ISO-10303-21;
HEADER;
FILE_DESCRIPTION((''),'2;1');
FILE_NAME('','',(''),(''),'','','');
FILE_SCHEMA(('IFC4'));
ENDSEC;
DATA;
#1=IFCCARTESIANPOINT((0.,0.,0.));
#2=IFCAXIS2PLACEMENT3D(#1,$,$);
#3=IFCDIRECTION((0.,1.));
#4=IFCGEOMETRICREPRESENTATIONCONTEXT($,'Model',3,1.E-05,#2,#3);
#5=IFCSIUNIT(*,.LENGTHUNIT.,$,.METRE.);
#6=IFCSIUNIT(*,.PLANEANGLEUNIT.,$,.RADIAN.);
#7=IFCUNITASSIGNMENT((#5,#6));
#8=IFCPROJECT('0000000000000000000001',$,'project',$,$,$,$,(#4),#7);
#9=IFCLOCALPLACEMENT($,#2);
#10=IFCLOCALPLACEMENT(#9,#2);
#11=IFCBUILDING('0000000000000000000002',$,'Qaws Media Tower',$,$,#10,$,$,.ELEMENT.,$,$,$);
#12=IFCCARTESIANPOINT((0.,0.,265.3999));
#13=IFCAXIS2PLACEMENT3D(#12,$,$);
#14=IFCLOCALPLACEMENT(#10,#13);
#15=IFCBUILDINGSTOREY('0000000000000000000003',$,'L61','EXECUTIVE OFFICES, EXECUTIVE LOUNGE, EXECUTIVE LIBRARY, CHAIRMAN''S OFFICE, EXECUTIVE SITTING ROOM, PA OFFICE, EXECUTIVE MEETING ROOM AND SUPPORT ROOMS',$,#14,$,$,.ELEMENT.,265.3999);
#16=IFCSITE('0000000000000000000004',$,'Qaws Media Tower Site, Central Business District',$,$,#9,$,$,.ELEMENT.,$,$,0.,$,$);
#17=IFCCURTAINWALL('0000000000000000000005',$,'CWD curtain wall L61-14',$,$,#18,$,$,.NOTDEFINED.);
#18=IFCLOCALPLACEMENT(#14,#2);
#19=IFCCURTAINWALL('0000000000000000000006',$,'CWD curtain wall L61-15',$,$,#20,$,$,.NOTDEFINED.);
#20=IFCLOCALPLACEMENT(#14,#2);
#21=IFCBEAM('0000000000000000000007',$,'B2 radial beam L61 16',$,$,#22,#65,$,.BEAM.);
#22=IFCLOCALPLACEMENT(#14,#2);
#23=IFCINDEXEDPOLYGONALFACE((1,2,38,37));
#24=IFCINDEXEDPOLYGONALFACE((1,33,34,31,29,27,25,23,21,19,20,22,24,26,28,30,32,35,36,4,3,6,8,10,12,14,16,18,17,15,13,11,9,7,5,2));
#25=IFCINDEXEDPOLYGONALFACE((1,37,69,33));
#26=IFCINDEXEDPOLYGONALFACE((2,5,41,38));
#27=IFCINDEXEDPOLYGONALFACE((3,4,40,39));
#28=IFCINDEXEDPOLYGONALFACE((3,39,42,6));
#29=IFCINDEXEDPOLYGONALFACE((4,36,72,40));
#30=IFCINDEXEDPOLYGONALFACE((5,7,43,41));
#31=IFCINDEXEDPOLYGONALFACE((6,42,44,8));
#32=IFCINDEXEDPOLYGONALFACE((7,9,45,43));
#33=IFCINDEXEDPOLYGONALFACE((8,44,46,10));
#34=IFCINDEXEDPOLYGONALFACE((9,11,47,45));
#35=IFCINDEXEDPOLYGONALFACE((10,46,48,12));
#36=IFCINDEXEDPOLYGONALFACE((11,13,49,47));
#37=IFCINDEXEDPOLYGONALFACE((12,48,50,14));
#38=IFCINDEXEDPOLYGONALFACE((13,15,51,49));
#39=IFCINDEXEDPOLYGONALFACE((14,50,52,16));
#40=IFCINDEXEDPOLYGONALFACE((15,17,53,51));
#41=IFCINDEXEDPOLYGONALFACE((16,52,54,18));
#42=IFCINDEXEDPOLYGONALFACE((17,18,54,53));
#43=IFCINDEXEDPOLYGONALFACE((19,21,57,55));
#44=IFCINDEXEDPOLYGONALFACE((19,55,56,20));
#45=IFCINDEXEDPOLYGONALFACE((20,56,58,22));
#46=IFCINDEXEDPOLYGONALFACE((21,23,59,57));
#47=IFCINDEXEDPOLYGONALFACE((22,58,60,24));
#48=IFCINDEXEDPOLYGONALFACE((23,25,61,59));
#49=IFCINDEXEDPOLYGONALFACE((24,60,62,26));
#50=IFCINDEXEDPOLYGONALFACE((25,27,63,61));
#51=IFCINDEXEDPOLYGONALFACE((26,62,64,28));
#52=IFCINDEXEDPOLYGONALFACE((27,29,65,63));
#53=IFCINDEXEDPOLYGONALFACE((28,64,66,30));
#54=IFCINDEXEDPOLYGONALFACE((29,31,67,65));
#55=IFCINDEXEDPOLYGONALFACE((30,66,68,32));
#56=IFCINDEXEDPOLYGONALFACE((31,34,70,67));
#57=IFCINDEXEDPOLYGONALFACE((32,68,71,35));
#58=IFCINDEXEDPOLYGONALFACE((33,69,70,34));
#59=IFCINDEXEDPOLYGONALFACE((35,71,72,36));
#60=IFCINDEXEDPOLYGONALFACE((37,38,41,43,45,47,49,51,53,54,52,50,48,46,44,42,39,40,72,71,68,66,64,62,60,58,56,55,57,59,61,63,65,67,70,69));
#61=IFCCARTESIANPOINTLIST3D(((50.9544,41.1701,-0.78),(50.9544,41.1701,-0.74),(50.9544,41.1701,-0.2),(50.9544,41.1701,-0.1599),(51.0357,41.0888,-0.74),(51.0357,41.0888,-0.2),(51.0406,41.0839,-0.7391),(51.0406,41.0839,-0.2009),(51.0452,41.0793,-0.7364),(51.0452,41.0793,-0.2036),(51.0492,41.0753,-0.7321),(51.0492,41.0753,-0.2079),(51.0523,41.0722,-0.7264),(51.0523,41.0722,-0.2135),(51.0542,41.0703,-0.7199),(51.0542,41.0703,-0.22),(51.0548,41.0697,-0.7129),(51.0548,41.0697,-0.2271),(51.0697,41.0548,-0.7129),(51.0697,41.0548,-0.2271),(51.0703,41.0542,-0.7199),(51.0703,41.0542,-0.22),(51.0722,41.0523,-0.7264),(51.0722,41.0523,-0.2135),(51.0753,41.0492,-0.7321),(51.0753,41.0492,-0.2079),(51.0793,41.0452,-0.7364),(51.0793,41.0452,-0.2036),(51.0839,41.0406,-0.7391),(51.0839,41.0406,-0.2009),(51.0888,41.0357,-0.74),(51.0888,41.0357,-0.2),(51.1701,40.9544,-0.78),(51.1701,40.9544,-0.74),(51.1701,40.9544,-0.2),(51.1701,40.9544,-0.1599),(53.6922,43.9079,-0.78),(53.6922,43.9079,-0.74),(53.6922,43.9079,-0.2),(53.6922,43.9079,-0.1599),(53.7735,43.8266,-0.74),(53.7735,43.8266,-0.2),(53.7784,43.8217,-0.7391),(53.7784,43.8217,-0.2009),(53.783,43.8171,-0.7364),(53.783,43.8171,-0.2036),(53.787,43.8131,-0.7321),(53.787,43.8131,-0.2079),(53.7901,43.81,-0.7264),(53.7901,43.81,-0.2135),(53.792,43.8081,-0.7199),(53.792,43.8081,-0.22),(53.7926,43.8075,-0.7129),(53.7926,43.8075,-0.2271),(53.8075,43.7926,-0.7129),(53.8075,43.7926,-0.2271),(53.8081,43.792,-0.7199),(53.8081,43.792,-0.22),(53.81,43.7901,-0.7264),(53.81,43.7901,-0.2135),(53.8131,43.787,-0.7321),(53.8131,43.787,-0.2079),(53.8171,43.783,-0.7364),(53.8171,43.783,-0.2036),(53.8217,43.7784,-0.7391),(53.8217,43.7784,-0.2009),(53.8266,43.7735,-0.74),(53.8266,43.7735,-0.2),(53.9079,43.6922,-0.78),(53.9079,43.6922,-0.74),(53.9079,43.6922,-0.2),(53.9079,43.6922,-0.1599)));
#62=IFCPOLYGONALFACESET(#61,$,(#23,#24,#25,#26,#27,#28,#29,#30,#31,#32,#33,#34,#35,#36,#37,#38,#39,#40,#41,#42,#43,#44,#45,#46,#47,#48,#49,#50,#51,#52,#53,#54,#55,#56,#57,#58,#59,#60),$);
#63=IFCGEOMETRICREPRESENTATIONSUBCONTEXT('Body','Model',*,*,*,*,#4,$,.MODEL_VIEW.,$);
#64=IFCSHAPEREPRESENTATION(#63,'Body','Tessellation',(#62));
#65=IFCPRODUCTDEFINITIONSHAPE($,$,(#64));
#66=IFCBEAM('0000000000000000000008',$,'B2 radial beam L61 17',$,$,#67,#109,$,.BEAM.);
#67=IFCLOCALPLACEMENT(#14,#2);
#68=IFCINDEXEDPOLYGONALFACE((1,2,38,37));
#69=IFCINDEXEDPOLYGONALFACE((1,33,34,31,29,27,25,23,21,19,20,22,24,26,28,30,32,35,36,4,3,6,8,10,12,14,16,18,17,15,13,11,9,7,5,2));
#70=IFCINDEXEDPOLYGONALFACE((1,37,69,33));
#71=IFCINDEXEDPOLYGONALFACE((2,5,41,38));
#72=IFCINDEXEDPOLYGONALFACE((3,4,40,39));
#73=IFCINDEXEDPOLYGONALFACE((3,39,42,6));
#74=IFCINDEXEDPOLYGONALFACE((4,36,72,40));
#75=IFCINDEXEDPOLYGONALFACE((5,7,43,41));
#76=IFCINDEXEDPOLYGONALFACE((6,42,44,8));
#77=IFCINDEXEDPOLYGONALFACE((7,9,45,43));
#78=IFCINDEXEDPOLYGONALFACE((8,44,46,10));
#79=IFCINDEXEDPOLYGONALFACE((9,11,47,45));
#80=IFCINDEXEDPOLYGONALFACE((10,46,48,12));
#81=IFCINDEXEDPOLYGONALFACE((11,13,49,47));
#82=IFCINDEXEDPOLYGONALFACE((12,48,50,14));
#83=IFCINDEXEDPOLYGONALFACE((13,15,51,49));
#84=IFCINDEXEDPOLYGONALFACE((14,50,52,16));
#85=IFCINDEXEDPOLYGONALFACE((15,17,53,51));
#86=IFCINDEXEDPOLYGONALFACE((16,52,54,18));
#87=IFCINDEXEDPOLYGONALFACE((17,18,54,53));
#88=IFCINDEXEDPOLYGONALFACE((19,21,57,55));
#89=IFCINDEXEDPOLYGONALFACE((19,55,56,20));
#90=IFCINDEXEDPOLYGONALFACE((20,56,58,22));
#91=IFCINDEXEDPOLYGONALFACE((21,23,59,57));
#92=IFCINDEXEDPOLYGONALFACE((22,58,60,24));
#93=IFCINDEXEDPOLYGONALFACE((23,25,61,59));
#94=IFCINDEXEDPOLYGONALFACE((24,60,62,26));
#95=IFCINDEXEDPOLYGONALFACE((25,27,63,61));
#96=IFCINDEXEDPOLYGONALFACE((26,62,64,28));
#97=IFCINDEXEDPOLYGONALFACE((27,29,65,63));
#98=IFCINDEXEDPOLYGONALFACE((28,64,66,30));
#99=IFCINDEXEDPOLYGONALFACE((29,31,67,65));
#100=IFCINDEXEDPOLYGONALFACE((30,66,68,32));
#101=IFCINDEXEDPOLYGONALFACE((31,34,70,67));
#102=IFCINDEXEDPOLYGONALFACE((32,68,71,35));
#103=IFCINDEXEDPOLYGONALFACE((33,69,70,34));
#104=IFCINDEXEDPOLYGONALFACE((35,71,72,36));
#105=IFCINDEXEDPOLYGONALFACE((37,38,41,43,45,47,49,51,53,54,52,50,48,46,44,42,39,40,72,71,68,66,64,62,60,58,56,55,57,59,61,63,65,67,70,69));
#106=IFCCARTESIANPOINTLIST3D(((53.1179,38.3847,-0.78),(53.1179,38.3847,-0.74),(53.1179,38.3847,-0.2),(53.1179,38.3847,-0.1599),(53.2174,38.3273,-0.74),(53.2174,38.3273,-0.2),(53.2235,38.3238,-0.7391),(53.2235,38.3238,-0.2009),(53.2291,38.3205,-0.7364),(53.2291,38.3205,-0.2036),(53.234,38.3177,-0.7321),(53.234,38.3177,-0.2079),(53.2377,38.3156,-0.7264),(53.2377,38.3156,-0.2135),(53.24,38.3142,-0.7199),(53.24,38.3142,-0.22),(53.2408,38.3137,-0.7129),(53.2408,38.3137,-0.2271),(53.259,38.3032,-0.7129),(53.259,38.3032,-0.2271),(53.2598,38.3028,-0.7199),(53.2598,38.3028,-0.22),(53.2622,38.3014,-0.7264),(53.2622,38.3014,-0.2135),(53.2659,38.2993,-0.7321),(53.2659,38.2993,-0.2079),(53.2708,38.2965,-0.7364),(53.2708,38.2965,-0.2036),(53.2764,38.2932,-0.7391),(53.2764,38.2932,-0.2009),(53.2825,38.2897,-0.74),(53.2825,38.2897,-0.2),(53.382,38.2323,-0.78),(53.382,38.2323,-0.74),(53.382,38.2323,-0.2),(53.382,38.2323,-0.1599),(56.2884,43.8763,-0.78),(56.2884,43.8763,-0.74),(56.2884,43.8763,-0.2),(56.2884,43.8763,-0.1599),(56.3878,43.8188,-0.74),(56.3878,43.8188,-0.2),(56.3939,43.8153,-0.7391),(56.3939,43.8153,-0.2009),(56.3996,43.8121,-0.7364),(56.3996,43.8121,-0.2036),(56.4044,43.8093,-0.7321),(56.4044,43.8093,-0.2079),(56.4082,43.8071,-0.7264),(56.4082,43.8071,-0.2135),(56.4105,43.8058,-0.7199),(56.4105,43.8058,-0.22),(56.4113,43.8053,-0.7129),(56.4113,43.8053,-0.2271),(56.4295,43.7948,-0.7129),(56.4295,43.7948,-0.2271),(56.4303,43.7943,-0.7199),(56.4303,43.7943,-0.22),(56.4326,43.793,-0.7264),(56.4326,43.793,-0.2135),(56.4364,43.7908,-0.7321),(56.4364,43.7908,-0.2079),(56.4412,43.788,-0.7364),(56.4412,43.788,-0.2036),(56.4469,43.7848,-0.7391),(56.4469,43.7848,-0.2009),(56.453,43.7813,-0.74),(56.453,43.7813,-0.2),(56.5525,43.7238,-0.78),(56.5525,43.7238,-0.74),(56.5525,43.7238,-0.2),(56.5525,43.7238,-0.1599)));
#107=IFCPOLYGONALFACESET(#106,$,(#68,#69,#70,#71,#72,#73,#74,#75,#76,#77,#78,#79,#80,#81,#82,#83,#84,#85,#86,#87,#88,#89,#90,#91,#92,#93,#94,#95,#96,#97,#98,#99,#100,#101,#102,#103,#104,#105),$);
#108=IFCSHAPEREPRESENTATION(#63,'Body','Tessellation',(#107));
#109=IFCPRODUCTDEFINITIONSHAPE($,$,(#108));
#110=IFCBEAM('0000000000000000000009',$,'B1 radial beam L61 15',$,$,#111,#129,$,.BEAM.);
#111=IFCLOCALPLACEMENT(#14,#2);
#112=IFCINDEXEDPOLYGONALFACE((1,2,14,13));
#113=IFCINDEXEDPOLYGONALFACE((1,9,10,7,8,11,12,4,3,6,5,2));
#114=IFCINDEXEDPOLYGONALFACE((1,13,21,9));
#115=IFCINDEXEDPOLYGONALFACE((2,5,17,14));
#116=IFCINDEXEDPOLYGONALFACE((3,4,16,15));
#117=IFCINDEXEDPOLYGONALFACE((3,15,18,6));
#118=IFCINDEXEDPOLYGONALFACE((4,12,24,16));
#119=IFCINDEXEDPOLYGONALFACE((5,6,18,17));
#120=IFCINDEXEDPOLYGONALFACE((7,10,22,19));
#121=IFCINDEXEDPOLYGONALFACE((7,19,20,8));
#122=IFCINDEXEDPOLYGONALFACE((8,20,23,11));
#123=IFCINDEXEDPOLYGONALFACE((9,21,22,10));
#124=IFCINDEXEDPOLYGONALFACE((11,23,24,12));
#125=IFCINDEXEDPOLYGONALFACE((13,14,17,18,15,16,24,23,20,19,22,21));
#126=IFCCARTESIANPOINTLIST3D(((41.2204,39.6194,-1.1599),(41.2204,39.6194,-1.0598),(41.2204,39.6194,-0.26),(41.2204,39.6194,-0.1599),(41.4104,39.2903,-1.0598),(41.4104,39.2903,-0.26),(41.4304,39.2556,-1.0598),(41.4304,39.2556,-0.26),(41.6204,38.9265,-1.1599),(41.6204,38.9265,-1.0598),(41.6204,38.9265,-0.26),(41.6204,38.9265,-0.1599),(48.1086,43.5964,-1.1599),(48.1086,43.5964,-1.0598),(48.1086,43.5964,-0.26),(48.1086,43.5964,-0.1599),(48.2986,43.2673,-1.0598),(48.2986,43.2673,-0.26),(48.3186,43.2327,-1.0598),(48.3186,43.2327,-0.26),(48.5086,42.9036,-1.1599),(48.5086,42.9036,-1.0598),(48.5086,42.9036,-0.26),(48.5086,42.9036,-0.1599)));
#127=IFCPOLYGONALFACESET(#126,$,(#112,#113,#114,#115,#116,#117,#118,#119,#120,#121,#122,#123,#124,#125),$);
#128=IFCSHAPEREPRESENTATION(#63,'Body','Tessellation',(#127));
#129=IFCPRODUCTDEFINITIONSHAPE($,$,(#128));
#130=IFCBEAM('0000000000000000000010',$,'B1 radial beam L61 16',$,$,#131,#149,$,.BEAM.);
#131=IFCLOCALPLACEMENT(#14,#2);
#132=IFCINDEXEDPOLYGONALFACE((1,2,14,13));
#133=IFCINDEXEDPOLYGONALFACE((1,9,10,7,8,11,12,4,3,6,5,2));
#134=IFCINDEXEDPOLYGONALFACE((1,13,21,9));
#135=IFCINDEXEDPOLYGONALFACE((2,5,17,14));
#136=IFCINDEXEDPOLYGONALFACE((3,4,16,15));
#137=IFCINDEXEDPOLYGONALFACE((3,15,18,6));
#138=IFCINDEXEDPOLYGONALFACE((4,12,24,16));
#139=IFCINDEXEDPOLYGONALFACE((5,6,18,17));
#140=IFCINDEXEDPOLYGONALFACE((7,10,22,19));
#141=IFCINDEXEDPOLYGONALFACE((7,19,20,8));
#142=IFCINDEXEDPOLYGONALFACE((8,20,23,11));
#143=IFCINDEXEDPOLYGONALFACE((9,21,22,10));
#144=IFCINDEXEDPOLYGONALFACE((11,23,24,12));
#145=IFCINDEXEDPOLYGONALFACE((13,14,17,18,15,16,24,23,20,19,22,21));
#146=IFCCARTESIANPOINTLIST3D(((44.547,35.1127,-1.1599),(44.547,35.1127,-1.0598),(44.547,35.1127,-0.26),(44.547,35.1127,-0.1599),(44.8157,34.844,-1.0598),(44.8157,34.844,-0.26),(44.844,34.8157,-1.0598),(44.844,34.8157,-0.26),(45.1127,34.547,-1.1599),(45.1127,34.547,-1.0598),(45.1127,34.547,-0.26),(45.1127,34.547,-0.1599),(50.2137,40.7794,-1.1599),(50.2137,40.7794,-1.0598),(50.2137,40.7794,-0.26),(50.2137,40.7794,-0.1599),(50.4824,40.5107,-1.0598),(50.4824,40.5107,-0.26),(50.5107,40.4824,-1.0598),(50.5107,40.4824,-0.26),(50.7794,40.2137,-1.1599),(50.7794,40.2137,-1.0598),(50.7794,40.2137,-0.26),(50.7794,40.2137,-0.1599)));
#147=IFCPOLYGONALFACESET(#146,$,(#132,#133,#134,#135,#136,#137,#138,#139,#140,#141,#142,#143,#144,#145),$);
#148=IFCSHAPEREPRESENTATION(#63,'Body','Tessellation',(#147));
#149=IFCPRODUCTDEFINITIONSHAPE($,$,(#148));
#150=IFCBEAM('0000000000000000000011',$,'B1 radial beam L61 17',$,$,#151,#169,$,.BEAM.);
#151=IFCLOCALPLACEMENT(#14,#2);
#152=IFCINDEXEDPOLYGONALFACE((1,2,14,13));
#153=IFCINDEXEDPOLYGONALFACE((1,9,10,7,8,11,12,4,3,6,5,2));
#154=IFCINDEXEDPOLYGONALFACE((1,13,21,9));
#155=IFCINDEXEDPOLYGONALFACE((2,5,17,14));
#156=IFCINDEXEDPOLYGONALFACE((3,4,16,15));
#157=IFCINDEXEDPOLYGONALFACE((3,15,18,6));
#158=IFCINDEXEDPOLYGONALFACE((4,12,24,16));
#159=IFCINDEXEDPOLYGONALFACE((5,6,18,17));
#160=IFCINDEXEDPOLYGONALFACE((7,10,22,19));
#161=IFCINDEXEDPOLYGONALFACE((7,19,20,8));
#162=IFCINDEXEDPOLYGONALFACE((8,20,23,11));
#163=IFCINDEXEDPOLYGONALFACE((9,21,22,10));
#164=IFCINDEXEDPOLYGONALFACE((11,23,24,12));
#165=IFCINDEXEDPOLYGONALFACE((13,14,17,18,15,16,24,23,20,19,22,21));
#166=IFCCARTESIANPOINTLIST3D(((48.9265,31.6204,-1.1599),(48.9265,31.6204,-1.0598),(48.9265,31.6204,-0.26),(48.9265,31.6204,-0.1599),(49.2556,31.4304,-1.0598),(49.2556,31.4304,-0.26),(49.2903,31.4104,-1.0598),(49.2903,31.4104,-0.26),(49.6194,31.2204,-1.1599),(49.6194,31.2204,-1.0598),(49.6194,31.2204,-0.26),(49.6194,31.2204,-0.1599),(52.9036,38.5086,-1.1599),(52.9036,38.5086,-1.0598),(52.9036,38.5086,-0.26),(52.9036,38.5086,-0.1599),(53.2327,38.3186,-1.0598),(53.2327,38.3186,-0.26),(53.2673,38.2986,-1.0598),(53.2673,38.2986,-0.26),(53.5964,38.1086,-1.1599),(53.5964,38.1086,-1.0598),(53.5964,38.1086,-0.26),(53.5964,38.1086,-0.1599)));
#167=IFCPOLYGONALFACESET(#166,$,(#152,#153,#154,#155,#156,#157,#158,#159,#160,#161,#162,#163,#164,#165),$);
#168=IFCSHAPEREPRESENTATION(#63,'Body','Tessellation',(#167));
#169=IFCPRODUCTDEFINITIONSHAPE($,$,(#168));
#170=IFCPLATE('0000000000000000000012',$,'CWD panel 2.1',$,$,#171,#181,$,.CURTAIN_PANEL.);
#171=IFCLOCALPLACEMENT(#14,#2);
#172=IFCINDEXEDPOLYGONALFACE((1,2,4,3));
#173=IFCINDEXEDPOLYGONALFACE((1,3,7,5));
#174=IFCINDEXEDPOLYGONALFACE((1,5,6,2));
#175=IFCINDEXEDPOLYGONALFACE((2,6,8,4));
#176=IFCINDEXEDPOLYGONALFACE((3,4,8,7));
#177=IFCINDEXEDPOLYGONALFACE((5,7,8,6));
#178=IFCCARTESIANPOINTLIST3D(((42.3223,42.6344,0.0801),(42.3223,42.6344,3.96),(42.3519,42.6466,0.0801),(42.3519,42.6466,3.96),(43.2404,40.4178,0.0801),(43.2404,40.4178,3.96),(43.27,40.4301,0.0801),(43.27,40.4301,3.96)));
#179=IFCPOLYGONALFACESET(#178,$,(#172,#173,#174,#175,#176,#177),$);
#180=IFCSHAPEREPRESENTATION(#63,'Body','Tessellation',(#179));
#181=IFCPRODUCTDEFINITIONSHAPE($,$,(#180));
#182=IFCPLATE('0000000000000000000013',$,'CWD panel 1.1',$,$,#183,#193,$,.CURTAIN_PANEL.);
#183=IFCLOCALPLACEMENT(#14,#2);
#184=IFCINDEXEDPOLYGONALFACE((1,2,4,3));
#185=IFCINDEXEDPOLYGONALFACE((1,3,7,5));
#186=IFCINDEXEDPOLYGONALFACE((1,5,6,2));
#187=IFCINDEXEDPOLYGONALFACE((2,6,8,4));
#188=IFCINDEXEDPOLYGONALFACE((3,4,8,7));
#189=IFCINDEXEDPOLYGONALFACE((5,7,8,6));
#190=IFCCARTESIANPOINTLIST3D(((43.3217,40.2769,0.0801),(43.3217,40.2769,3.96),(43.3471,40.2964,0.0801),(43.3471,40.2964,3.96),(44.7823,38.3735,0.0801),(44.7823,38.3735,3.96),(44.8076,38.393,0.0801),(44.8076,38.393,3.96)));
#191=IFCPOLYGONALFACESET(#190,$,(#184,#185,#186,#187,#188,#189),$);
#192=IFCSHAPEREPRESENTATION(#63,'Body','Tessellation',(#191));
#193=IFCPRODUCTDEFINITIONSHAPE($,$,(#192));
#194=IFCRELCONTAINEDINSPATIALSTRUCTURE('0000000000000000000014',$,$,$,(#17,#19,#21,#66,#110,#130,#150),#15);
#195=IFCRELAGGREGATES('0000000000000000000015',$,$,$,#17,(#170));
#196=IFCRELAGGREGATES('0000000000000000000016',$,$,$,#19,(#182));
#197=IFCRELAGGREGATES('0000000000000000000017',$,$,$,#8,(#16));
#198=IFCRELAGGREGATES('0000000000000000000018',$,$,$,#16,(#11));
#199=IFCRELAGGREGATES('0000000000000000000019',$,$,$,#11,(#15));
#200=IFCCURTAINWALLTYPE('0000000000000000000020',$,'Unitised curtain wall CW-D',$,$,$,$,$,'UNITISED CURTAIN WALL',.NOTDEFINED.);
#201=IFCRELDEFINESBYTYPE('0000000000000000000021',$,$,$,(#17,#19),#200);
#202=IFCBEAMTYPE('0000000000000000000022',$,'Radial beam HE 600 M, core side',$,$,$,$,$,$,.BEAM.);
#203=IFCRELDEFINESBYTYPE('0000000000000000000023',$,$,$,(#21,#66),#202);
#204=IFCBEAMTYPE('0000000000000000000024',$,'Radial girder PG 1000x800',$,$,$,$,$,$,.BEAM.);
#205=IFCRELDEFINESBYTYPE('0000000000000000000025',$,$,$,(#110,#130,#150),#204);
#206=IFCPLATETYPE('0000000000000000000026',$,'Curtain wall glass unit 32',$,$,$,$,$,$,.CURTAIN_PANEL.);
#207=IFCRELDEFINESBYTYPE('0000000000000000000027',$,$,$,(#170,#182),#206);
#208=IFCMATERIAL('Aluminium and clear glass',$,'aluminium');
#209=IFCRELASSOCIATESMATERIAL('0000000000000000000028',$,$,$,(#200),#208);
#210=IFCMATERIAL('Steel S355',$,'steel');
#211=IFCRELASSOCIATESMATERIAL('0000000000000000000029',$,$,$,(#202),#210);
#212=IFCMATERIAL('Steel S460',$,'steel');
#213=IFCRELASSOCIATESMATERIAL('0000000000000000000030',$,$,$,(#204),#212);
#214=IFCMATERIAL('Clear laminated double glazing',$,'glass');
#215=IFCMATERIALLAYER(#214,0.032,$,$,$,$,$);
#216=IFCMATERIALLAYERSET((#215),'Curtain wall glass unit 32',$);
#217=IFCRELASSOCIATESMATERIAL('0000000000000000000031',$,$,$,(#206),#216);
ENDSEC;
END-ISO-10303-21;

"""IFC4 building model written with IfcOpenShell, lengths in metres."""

from ifc_helpers import new_model, si_unit, direction, frame, origin, origin_2d, place, context, subcontext, project, spatial, rectangle, i_section, extrude, material, layer, layer_set, material_profile, profile_set, type_object, element, aggregate, save


model = new_model("IFC4")

# Units and contexts
model_context = context("Model", 3, precision=1e-05, world=origin(), true_north=direction((0.0, 1.0)))
body_context = subcontext(model_context, "Body", "Model", "MODEL_VIEW")
ifc_project = project(units=[si_unit("LENGTHUNIT", "METRE"), si_unit("PLANEANGLEUNIT", "RADIAN")], contexts=[model_context])

# Site, building, storey
site_placement = place(None, origin())
site = spatial("IfcSite", under=ifc_project, at=site_placement, Name="Qaws Media Tower Site, Central Business District", CompositionType="ELEMENT", RefElevation=0.0)
building_placement = place(site_placement, origin())
building = spatial("IfcBuilding", under=site, at=building_placement, Name="Qaws Media Tower", CompositionType="ELEMENT")
storey_placement = place(building_placement, frame((0.0, 0.0, 265.3999)))
storey = spatial("IfcBuildingStorey", under=building, at=storey_placement, Name="L61", Description="EXECUTIVE OFFICES, EXECUTIVE LOUNGE, EXECUTIVE LIBRARY, CHAIRMAN'S OFFICE, EXECUTIVE SITTING ROOM, PA OFFICE, EXECUTIVE MEETING ROOM AND SUPPORT ROOMS", CompositionType="ELEMENT", Elevation=265.3999)

# Curtain wall
ifc_material_1 = material(Name="Aluminium and clear glass", Category="aluminium")
curtain_wall_type = type_object("IfcCurtainWallType", Name="Unitised curtain wall CW-D", ElementType="UNITISED CURTAIN WALL", PredefinedType="NOTDEFINED", material=ifc_material_1)
curtain_wall_1_placement = place(storey_placement, origin())
curtain_wall_1 = element("IfcCurtainWall", 1, at=curtain_wall_1_placement, inside=storey, type_object=curtain_wall_type, Name="CWD curtain wall L61-14", PredefinedType="NOTDEFINED")

# Curtain wall
curtain_wall_2_placement = place(storey_placement, origin())
curtain_wall_2 = element("IfcCurtainWall", 2, at=curtain_wall_2_placement, inside=storey, type_object=curtain_wall_type, Name="CWD curtain wall L61-15", PredefinedType="NOTDEFINED")

# Beams
ifc_material_2 = material(Name="Steel S355", Category="steel")
ifc_material_profile_1 = material_profile(ifc_material_2, i_section(OverallWidth=0.3049, OverallDepth=0.6201, WebThickness=0.021, FlangeThickness=0.04, FilletRadius=0.0271, at=origin_2d()), Name="HE 600 M")
ifc_profile_set_1 = profile_set([ifc_material_profile_1], Name="Steel S355")
beam_type_1 = type_object("IfcBeamType", Name="Radial beam HE 600 M, core side", PredefinedType="BEAM", material=ifc_profile_set_1)
beam_1_placement = place(storey_placement, frame((53.8, 43.8, -0.47), z_axis=(-0.707107, -0.707107, 0.0), x_axis=(0.707107, -0.707107, 0.0)))
element("IfcBeam", 3, at=beam_1_placement, inside=storey, type_object=beam_type_1, Name="B2 radial beam L61 16", PredefinedType="BEAM", context=body_context, shape_type="SweptSolid", body=[
    extrude(i_section(OverallWidth=0.3049, OverallDepth=0.6201, WebThickness=0.021, FlangeThickness=0.04, FilletRadius=0.0271, at=origin_2d()), origin(), (0.0, 0.0, 1.0), 3.8718),
])
beam_2_placement = place(storey_placement, frame((56.4204, 43.8, -0.47), z_axis=(-0.49999, -0.866031, 0.0), x_axis=(0.866031, -0.49999, 0.0)))
element("IfcBeam", 4, at=beam_2_placement, inside=storey, type_object=beam_type_1, Name="B2 radial beam L61 17", PredefinedType="BEAM", context=body_context, shape_type="SweptSolid", body=[
    extrude(i_section(OverallWidth=0.3049, OverallDepth=0.6201, WebThickness=0.021, FlangeThickness=0.04, FilletRadius=0.0271, at=origin_2d()), origin(), (0.0, 0.0, 1.0), 6.3411),
])
ifc_material_3 = material(Name="Steel S460", Category="steel")
ifc_material_profile_2 = material_profile(ifc_material_3, i_section(OverallWidth=0.8, OverallDepth=1.0, WebThickness=0.04, FlangeThickness=0.1001, at=origin_2d()), Name="PG 1000x800")
ifc_profile_set_2 = profile_set([ifc_material_profile_2], Name="Steel S460")
beam_type_2 = type_object("IfcBeamType", Name="Radial girder PG 1000x800", PredefinedType="BEAM", material=ifc_profile_set_2)
beam_3_placement = place(storey_placement, frame((48.3086, 43.25, -0.6599), z_axis=(-0.866017, -0.500015, 0.0), x_axis=(0.500015, -0.866017, 0.0)))
element("IfcBeam", 5, at=beam_3_placement, inside=storey, type_object=beam_type_2, Name="B1 radial beam L61 15", PredefinedType="BEAM", context=body_context, shape_type="SweptSolid", body=[
    extrude(i_section(OverallWidth=0.8, OverallDepth=1.0, WebThickness=0.04, FlangeThickness=0.1001, at=origin_2d()), origin(), (0.0, 0.0, 1.0), 7.9539),
])
beam_4_placement = place(storey_placement, frame((50.4966, 40.4966, -0.6599), z_axis=(-0.707107, -0.707107, 0.0), x_axis=(0.707107, -0.707107, 0.0)))
element("IfcBeam", 6, at=beam_4_placement, inside=storey, type_object=beam_type_2, Name="B1 radial beam L61 16", PredefinedType="BEAM", context=body_context, shape_type="SweptSolid", body=[
    extrude(i_section(OverallWidth=0.8, OverallDepth=1.0, WebThickness=0.04, FlangeThickness=0.1001, at=origin_2d()), origin(), (0.0, 0.0, 1.0), 8.0139),
])
beam_5_placement = place(storey_placement, frame((53.25, 38.3086, -0.6599), z_axis=(-0.500015, -0.866017, 0.0), x_axis=(0.866017, -0.500015, 0.0)))
element("IfcBeam", 7, at=beam_5_placement, inside=storey, type_object=beam_type_2, Name="B1 radial beam L61 17", PredefinedType="BEAM", context=body_context, shape_type="SweptSolid", body=[
    extrude(i_section(OverallWidth=0.8, OverallDepth=1.0, WebThickness=0.04, FlangeThickness=0.1001, at=origin_2d()), origin(), (0.0, 0.0, 1.0), 7.9539),
])

# Plates
ifc_material_4 = material(Name="Clear laminated double glazing", Category="glass")
ifc_layer_1 = layer(ifc_material_4, 0.032)
ifc_layer_set_1 = layer_set([ifc_layer_1], Name="Curtain wall glass unit 32")
plate_type_1 = type_object("IfcPlateType", Name="Curtain wall glass unit 32", PredefinedType="CURTAIN_PANEL", material=ifc_layer_set_1)
plate_1_placement = place(storey_placement, frame((42.7961, 41.5322, 0.0801), z_axis=(0.0, 0.0, 1.0), x_axis=(0.382683, -0.92388, 0.0)))
plate_1 = element("IfcPlate", 8, at=plate_1_placement, type_object=plate_type_1, Name="CWD panel 2.1", PredefinedType="CURTAIN_PANEL", context=body_context, shape_type="SweptSolid", body=[
    extrude(rectangle(XDim=2.3992, YDim=0.032, at=origin_2d()), origin(), (0.0, 0.0, 1.0), 3.8799),
])
aggregate(curtain_wall_1, [plate_1])
plate_2_placement = place(storey_placement, frame((44.0647, 39.335, 0.0801), z_axis=(0.0, 0.0, 1.0), x_axis=(0.608761, -0.793353, 0.0)))
plate_2 = element("IfcPlate", 9, at=plate_2_placement, type_object=plate_type_1, Name="CWD panel 1.1", PredefinedType="CURTAIN_PANEL", context=body_context, shape_type="SweptSolid", body=[
    extrude(rectangle(XDim=2.3992, YDim=0.032, at=origin_2d()), origin(), (0.0, 0.0, 1.0), 3.8799),
])
aggregate(curtain_wall_2, [plate_2])

save(model, "model.ifc")
